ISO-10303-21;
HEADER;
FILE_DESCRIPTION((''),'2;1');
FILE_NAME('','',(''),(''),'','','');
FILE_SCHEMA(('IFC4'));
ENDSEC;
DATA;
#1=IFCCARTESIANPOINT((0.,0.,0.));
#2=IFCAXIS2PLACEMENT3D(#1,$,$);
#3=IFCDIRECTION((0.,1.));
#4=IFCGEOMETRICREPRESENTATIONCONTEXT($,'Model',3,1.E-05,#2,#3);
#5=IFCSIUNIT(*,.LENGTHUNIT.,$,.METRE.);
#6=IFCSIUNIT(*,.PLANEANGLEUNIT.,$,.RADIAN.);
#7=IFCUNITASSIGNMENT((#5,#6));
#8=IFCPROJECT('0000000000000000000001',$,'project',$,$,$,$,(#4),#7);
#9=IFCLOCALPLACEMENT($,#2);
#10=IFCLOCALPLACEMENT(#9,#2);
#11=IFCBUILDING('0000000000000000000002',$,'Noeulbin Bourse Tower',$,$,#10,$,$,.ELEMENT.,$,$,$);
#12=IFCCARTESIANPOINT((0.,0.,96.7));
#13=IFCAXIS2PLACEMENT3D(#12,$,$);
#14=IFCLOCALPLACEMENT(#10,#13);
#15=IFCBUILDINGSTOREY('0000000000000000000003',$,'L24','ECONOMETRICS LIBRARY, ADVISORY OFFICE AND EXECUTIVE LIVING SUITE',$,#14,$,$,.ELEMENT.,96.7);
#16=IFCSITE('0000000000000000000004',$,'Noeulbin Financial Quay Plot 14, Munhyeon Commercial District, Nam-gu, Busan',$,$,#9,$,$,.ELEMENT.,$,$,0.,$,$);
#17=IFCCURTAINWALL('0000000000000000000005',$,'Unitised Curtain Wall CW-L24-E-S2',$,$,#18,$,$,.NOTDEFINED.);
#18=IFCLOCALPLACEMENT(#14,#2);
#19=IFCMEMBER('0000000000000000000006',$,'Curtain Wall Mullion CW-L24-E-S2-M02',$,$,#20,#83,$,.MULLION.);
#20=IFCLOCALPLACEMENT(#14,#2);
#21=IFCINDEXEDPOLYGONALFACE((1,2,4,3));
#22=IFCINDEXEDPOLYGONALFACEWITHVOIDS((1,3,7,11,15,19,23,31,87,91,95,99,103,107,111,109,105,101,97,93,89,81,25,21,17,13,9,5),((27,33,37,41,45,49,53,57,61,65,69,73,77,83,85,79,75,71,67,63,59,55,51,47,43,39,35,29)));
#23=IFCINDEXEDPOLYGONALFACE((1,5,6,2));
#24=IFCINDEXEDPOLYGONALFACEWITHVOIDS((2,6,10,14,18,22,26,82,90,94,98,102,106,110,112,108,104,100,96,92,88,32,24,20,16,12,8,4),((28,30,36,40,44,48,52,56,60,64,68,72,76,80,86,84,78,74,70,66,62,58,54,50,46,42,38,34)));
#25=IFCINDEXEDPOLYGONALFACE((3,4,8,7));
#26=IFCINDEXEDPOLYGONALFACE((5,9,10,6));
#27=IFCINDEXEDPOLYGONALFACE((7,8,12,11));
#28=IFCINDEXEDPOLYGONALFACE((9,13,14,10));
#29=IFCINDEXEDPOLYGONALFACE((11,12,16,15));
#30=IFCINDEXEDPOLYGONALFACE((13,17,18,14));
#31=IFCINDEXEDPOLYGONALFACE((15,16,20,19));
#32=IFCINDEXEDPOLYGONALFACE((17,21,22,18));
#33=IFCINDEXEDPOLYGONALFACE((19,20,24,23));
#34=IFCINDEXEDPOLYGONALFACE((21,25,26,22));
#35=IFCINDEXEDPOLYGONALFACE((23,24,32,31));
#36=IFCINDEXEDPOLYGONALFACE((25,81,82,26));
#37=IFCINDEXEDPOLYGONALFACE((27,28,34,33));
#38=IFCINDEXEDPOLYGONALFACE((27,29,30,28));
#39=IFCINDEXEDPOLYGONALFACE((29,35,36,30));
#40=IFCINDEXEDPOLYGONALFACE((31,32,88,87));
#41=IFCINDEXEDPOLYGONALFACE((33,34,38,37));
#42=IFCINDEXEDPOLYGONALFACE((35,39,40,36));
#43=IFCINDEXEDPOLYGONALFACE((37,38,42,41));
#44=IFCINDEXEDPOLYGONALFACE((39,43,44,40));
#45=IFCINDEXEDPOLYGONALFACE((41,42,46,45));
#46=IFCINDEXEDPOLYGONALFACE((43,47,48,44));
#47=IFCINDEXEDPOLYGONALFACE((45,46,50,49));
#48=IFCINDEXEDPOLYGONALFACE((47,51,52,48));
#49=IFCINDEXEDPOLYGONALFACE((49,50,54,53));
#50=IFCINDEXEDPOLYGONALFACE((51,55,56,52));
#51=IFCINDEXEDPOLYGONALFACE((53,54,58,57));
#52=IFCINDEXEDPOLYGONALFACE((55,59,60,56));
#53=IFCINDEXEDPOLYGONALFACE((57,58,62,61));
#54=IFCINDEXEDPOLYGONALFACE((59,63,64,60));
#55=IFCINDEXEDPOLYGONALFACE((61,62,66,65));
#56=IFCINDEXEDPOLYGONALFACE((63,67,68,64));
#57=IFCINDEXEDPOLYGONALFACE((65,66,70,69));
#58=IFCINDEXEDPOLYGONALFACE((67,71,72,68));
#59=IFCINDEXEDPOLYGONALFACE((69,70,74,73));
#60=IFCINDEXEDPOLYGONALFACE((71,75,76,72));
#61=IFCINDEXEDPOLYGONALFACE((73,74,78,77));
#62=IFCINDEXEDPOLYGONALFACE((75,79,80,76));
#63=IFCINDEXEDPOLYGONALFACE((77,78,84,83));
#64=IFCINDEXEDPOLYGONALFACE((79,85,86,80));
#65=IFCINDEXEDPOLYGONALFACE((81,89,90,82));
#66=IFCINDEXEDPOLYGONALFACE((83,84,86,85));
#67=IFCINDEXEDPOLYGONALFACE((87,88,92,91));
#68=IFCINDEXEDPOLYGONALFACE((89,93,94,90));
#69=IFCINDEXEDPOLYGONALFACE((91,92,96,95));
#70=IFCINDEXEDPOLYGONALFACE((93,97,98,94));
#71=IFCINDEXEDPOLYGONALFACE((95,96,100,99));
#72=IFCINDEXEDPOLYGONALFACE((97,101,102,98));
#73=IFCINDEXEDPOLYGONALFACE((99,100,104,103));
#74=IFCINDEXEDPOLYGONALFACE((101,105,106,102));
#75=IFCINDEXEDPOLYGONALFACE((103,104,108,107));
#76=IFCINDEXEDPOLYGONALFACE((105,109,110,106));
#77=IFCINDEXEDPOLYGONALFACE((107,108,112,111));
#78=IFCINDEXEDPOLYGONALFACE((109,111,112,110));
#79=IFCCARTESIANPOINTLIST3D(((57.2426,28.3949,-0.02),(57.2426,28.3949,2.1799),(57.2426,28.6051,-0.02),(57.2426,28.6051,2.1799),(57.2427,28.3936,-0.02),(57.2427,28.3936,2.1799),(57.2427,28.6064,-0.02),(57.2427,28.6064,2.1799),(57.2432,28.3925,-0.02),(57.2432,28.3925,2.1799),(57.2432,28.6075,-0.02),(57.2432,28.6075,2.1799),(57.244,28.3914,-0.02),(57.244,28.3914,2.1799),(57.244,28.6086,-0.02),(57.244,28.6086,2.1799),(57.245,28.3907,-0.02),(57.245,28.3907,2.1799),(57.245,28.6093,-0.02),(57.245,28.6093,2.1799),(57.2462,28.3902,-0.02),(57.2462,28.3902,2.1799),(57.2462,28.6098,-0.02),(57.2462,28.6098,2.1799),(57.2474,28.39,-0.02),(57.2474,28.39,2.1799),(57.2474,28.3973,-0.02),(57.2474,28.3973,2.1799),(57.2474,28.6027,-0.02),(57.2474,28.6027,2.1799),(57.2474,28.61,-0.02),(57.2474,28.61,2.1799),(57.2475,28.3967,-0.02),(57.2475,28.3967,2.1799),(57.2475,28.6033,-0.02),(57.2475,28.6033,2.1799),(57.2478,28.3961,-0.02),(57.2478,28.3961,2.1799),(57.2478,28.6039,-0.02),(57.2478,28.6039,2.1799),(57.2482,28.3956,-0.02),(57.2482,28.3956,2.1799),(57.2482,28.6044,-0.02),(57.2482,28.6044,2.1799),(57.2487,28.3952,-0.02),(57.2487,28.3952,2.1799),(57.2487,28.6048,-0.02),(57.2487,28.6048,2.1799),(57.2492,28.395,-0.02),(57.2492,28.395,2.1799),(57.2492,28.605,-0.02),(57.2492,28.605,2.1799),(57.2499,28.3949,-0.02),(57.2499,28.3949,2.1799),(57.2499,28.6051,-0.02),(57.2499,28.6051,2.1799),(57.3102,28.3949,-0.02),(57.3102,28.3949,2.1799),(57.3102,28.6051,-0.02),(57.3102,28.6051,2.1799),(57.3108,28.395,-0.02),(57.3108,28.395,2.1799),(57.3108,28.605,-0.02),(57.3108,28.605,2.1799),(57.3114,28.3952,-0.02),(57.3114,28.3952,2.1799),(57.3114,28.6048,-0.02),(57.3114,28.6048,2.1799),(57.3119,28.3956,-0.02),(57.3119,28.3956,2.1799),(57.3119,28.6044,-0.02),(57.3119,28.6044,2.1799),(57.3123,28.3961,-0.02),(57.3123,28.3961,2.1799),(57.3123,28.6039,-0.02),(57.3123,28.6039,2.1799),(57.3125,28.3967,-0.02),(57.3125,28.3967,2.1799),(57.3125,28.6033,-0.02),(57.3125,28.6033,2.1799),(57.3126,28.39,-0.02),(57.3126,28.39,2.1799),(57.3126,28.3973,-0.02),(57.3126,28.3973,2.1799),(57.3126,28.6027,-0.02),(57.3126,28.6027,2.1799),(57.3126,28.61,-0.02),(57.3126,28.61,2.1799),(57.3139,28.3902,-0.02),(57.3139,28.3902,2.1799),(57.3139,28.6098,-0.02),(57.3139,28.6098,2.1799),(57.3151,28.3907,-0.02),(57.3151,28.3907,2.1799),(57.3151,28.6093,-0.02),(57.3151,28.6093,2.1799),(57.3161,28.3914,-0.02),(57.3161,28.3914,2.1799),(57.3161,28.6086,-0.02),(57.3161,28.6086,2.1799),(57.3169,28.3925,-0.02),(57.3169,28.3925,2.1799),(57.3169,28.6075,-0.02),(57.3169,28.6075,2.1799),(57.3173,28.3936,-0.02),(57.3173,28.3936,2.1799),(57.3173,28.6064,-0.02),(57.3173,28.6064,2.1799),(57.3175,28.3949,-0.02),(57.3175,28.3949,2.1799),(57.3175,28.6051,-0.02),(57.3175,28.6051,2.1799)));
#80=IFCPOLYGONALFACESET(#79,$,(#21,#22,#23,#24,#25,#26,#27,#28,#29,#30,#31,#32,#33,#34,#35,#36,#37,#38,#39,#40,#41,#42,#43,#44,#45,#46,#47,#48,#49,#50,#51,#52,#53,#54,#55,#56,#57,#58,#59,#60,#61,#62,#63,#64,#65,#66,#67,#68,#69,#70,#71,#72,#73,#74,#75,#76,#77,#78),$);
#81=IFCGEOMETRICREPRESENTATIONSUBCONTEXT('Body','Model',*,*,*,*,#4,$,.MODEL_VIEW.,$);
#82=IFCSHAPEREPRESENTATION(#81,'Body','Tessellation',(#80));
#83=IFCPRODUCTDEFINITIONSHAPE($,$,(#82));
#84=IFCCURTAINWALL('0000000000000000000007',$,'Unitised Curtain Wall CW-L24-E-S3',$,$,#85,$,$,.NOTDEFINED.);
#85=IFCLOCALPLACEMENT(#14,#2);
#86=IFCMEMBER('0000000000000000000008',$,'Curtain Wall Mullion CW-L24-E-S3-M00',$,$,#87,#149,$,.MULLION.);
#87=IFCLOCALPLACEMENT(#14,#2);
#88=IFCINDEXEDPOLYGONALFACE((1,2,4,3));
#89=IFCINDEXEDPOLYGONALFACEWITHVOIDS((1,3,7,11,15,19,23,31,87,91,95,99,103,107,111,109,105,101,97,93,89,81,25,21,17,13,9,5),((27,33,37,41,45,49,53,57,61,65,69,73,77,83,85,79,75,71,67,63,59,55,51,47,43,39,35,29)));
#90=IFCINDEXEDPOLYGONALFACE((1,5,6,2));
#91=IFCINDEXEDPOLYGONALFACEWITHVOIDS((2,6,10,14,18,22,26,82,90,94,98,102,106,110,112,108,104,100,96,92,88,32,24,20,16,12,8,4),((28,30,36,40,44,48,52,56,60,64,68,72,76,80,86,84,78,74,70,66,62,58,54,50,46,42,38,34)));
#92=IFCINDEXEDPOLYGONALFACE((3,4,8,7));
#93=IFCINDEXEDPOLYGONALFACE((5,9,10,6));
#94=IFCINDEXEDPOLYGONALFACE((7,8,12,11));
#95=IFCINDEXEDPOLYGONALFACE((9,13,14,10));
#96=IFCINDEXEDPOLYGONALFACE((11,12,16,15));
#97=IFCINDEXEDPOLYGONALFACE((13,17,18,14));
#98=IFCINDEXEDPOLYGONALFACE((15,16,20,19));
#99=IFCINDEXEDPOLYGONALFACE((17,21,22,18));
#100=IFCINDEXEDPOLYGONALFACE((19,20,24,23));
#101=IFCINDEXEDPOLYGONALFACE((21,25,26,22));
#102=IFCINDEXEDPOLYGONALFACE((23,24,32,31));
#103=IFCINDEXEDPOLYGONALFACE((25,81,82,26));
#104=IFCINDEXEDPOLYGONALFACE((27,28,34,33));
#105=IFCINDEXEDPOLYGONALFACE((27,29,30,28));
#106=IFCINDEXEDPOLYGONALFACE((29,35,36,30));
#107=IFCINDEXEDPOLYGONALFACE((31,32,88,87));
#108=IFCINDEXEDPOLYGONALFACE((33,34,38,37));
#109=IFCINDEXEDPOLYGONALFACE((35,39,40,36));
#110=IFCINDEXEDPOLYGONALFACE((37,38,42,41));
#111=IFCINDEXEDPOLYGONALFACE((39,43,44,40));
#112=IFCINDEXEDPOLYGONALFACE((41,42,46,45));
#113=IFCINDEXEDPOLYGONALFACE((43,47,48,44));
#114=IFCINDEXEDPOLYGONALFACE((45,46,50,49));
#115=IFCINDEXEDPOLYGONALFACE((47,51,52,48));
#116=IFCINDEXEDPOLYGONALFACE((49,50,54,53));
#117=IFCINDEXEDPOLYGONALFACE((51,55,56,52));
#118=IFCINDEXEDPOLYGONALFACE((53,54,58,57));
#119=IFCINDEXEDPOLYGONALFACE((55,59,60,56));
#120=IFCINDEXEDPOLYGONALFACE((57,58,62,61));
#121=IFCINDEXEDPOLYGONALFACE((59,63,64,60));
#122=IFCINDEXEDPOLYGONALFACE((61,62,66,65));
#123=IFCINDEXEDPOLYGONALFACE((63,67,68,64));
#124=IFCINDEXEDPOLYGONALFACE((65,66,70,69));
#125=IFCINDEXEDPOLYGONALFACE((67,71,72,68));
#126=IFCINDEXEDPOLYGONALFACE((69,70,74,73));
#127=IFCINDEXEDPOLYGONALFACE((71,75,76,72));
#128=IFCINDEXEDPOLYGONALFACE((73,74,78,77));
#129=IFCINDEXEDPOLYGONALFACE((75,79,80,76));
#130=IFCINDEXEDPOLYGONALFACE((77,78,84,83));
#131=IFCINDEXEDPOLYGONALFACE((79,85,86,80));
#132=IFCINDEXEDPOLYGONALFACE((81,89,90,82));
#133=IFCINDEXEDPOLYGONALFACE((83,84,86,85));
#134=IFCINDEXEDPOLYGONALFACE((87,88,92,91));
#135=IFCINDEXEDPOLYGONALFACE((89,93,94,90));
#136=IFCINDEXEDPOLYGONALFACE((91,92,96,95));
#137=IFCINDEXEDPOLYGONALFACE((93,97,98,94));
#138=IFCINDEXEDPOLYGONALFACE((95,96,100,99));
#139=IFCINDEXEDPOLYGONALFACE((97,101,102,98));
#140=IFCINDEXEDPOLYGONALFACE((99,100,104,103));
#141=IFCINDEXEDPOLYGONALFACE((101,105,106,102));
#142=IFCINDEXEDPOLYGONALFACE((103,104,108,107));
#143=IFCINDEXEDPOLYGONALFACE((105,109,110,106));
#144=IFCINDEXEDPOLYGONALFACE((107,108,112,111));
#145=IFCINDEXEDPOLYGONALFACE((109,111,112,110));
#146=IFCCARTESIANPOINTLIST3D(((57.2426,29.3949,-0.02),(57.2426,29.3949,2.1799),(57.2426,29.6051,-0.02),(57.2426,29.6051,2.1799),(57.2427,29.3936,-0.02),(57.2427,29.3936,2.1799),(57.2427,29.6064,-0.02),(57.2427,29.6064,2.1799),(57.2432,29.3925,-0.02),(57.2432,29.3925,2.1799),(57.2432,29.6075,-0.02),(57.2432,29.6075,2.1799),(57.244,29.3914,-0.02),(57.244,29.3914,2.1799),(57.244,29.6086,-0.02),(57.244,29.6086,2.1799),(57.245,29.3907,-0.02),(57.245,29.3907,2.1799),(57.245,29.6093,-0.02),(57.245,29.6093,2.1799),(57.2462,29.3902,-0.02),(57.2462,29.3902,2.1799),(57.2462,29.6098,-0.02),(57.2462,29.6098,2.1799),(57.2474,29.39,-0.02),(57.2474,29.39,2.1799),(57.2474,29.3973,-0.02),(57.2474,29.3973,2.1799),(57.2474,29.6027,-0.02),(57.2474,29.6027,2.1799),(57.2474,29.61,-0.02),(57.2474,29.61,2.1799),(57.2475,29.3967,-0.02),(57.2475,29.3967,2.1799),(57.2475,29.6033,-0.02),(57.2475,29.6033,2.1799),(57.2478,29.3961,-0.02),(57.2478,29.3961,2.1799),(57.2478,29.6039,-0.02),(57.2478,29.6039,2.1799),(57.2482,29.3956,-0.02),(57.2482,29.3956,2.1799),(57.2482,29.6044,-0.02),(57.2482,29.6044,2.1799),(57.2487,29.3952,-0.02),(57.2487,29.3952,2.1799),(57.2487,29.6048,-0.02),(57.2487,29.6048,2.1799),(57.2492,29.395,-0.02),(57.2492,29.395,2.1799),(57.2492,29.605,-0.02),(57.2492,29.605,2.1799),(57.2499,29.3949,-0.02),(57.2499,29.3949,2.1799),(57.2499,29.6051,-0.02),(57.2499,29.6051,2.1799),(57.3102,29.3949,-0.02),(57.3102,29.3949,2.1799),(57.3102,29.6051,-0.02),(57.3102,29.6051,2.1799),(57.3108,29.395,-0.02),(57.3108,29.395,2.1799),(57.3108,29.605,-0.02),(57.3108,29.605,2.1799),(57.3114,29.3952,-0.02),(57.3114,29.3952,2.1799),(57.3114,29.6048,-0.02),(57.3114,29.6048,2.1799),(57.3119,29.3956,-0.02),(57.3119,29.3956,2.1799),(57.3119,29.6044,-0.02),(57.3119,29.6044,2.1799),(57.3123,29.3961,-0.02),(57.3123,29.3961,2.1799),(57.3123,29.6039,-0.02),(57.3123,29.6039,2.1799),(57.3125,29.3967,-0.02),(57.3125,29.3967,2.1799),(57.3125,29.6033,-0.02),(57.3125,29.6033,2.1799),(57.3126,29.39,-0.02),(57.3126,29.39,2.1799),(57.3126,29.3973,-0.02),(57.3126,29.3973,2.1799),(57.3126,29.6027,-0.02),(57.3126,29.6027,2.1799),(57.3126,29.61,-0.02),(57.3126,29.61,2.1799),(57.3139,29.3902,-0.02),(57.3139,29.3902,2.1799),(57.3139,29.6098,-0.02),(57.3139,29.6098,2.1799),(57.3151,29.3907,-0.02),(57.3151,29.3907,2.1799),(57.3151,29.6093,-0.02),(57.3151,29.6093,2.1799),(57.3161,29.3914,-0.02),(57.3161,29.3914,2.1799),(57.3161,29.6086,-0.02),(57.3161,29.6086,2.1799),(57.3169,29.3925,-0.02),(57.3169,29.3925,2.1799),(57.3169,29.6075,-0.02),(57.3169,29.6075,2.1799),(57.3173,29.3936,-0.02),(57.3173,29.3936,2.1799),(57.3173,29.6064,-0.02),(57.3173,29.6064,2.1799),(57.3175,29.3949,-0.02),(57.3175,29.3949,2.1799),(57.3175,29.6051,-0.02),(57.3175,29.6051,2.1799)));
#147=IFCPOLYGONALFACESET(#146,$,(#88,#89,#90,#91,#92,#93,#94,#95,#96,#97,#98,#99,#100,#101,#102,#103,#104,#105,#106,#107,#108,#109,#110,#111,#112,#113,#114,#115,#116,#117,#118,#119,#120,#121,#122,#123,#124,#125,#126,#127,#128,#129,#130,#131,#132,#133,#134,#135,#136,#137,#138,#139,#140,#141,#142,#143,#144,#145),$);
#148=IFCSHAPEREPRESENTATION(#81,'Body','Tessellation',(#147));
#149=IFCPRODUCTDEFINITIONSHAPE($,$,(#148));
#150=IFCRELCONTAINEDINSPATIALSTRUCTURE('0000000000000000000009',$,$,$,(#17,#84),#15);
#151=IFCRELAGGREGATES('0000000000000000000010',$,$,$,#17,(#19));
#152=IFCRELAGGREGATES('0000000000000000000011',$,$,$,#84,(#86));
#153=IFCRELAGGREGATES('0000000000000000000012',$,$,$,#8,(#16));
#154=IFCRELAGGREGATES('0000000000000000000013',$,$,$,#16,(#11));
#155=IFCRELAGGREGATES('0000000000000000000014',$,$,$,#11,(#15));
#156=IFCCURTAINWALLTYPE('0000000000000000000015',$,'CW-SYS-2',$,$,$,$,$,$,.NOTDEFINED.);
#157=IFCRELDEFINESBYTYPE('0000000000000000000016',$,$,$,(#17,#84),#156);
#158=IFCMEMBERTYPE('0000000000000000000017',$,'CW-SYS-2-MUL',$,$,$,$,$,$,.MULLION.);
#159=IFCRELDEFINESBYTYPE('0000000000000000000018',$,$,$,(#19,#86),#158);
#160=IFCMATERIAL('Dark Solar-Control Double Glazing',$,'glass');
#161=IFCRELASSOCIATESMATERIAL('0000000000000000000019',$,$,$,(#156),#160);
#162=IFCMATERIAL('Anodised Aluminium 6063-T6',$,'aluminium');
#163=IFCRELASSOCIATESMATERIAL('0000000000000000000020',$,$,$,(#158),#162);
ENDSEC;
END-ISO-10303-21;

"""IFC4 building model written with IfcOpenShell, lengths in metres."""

from ifc_helpers import new_model, si_unit, direction, frame, origin, origin_2d, place, context, subcontext, project, spatial, hollow_rectangle, extrude, material, material_profile, profile_set, type_object, element, aggregate, save


model = new_model("IFC4")

# Units and contexts
model_context = context("Model", 3, precision=1e-05, world=origin(), true_north=direction((0.0, 1.0)))
body_context = subcontext(model_context, "Body", "Model", "MODEL_VIEW")
ifc_project = project(units=[si_unit("LENGTHUNIT", "METRE"), si_unit("PLANEANGLEUNIT", "RADIAN")], contexts=[model_context])

# Site, building, storey
site_placement = place(None, origin())
site = spatial("IfcSite", under=ifc_project, at=site_placement, Name="Noeulbin Financial Quay Plot 14, Munhyeon Commercial District, Nam-gu, Busan", CompositionType="ELEMENT", RefElevation=0.0)
building_placement = place(site_placement, origin())
building = spatial("IfcBuilding", under=site, at=building_placement, Name="Noeulbin Bourse Tower", CompositionType="ELEMENT")
storey_placement = place(building_placement, frame((0.0, 0.0, 96.7)))
storey = spatial("IfcBuildingStorey", under=building, at=storey_placement, Name="L24", Description="ECONOMETRICS LIBRARY, ADVISORY OFFICE AND EXECUTIVE LIVING SUITE", CompositionType="ELEMENT", Elevation=96.7)

# Shared definitions
ifc_material_1 = material(Name="Dark Solar-Control Double Glazing", Category="glass")
curtain_wall_type = type_object("IfcCurtainWallType", Name="CW-SYS-2", PredefinedType="NOTDEFINED", material=ifc_material_1)
ifc_material_2 = material(Name="Anodised Aluminium 6063-T6", Category="aluminium")
ifc_material_profile_1 = material_profile(ifc_material_2, hollow_rectangle(XDim=0.075, YDim=0.22, WallThickness=0.0049, InnerFilletRadius=0.0024, OuterFilletRadius=0.0049, at=origin_2d()), Name="ALU-MULL-75x220x5", Category="LoadBearing")
ifc_profile_set_1 = profile_set([ifc_material_profile_1], Name="Anodised Aluminium 6063-T6")
member_type_1 = type_object("IfcMemberType", Name="CW-SYS-2-MUL", PredefinedType="MULLION", material=ifc_profile_set_1)

# Curtain wall, member
curtain_wall_1_placement = place(storey_placement, origin())
curtain_wall_1 = element("IfcCurtainWall", 1, at=curtain_wall_1_placement, inside=storey, type_object=curtain_wall_type, Name="Unitised Curtain Wall CW-L24-E-S2", PredefinedType="NOTDEFINED")
member_1_placement = place(storey_placement, frame((57.28, 28.5, -0.02), z_axis=(0.0, 0.0, 1.0), x_axis=(1.0, 0.0, 0.0)))
member_1 = element("IfcMember", 2, at=member_1_placement, type_object=member_type_1, Name="Curtain Wall Mullion CW-L24-E-S2-M02", PredefinedType="MULLION", context=body_context, shape_type="SweptSolid", body=[
    extrude(hollow_rectangle(XDim=0.075, YDim=0.22, WallThickness=0.0049, InnerFilletRadius=0.0024, OuterFilletRadius=0.0049, at=origin_2d()), origin(), (0.0, 0.0, 1.0), 2.2),
])
aggregate(curtain_wall_1, [member_1])

# Curtain wall, member
curtain_wall_2_placement = place(storey_placement, origin())
curtain_wall_2 = element("IfcCurtainWall", 3, at=curtain_wall_2_placement, inside=storey, type_object=curtain_wall_type, Name="Unitised Curtain Wall CW-L24-E-S3", PredefinedType="NOTDEFINED")
member_2_placement = place(storey_placement, frame((57.28, 29.5, -0.02), z_axis=(0.0, 0.0, 1.0), x_axis=(1.0, 0.0, 0.0)))
member_2 = element("IfcMember", 4, at=member_2_placement, type_object=member_type_1, Name="Curtain Wall Mullion CW-L24-E-S3-M00", PredefinedType="MULLION", context=body_context, shape_type="SweptSolid", body=[
    extrude(hollow_rectangle(XDim=0.075, YDim=0.22, WallThickness=0.0049, InnerFilletRadius=0.0024, OuterFilletRadius=0.0049, at=origin_2d()), origin(), (0.0, 0.0, 1.0), 2.2),
])

aggregate(curtain_wall_2, [member_2])

save(model, "model.ifc")
